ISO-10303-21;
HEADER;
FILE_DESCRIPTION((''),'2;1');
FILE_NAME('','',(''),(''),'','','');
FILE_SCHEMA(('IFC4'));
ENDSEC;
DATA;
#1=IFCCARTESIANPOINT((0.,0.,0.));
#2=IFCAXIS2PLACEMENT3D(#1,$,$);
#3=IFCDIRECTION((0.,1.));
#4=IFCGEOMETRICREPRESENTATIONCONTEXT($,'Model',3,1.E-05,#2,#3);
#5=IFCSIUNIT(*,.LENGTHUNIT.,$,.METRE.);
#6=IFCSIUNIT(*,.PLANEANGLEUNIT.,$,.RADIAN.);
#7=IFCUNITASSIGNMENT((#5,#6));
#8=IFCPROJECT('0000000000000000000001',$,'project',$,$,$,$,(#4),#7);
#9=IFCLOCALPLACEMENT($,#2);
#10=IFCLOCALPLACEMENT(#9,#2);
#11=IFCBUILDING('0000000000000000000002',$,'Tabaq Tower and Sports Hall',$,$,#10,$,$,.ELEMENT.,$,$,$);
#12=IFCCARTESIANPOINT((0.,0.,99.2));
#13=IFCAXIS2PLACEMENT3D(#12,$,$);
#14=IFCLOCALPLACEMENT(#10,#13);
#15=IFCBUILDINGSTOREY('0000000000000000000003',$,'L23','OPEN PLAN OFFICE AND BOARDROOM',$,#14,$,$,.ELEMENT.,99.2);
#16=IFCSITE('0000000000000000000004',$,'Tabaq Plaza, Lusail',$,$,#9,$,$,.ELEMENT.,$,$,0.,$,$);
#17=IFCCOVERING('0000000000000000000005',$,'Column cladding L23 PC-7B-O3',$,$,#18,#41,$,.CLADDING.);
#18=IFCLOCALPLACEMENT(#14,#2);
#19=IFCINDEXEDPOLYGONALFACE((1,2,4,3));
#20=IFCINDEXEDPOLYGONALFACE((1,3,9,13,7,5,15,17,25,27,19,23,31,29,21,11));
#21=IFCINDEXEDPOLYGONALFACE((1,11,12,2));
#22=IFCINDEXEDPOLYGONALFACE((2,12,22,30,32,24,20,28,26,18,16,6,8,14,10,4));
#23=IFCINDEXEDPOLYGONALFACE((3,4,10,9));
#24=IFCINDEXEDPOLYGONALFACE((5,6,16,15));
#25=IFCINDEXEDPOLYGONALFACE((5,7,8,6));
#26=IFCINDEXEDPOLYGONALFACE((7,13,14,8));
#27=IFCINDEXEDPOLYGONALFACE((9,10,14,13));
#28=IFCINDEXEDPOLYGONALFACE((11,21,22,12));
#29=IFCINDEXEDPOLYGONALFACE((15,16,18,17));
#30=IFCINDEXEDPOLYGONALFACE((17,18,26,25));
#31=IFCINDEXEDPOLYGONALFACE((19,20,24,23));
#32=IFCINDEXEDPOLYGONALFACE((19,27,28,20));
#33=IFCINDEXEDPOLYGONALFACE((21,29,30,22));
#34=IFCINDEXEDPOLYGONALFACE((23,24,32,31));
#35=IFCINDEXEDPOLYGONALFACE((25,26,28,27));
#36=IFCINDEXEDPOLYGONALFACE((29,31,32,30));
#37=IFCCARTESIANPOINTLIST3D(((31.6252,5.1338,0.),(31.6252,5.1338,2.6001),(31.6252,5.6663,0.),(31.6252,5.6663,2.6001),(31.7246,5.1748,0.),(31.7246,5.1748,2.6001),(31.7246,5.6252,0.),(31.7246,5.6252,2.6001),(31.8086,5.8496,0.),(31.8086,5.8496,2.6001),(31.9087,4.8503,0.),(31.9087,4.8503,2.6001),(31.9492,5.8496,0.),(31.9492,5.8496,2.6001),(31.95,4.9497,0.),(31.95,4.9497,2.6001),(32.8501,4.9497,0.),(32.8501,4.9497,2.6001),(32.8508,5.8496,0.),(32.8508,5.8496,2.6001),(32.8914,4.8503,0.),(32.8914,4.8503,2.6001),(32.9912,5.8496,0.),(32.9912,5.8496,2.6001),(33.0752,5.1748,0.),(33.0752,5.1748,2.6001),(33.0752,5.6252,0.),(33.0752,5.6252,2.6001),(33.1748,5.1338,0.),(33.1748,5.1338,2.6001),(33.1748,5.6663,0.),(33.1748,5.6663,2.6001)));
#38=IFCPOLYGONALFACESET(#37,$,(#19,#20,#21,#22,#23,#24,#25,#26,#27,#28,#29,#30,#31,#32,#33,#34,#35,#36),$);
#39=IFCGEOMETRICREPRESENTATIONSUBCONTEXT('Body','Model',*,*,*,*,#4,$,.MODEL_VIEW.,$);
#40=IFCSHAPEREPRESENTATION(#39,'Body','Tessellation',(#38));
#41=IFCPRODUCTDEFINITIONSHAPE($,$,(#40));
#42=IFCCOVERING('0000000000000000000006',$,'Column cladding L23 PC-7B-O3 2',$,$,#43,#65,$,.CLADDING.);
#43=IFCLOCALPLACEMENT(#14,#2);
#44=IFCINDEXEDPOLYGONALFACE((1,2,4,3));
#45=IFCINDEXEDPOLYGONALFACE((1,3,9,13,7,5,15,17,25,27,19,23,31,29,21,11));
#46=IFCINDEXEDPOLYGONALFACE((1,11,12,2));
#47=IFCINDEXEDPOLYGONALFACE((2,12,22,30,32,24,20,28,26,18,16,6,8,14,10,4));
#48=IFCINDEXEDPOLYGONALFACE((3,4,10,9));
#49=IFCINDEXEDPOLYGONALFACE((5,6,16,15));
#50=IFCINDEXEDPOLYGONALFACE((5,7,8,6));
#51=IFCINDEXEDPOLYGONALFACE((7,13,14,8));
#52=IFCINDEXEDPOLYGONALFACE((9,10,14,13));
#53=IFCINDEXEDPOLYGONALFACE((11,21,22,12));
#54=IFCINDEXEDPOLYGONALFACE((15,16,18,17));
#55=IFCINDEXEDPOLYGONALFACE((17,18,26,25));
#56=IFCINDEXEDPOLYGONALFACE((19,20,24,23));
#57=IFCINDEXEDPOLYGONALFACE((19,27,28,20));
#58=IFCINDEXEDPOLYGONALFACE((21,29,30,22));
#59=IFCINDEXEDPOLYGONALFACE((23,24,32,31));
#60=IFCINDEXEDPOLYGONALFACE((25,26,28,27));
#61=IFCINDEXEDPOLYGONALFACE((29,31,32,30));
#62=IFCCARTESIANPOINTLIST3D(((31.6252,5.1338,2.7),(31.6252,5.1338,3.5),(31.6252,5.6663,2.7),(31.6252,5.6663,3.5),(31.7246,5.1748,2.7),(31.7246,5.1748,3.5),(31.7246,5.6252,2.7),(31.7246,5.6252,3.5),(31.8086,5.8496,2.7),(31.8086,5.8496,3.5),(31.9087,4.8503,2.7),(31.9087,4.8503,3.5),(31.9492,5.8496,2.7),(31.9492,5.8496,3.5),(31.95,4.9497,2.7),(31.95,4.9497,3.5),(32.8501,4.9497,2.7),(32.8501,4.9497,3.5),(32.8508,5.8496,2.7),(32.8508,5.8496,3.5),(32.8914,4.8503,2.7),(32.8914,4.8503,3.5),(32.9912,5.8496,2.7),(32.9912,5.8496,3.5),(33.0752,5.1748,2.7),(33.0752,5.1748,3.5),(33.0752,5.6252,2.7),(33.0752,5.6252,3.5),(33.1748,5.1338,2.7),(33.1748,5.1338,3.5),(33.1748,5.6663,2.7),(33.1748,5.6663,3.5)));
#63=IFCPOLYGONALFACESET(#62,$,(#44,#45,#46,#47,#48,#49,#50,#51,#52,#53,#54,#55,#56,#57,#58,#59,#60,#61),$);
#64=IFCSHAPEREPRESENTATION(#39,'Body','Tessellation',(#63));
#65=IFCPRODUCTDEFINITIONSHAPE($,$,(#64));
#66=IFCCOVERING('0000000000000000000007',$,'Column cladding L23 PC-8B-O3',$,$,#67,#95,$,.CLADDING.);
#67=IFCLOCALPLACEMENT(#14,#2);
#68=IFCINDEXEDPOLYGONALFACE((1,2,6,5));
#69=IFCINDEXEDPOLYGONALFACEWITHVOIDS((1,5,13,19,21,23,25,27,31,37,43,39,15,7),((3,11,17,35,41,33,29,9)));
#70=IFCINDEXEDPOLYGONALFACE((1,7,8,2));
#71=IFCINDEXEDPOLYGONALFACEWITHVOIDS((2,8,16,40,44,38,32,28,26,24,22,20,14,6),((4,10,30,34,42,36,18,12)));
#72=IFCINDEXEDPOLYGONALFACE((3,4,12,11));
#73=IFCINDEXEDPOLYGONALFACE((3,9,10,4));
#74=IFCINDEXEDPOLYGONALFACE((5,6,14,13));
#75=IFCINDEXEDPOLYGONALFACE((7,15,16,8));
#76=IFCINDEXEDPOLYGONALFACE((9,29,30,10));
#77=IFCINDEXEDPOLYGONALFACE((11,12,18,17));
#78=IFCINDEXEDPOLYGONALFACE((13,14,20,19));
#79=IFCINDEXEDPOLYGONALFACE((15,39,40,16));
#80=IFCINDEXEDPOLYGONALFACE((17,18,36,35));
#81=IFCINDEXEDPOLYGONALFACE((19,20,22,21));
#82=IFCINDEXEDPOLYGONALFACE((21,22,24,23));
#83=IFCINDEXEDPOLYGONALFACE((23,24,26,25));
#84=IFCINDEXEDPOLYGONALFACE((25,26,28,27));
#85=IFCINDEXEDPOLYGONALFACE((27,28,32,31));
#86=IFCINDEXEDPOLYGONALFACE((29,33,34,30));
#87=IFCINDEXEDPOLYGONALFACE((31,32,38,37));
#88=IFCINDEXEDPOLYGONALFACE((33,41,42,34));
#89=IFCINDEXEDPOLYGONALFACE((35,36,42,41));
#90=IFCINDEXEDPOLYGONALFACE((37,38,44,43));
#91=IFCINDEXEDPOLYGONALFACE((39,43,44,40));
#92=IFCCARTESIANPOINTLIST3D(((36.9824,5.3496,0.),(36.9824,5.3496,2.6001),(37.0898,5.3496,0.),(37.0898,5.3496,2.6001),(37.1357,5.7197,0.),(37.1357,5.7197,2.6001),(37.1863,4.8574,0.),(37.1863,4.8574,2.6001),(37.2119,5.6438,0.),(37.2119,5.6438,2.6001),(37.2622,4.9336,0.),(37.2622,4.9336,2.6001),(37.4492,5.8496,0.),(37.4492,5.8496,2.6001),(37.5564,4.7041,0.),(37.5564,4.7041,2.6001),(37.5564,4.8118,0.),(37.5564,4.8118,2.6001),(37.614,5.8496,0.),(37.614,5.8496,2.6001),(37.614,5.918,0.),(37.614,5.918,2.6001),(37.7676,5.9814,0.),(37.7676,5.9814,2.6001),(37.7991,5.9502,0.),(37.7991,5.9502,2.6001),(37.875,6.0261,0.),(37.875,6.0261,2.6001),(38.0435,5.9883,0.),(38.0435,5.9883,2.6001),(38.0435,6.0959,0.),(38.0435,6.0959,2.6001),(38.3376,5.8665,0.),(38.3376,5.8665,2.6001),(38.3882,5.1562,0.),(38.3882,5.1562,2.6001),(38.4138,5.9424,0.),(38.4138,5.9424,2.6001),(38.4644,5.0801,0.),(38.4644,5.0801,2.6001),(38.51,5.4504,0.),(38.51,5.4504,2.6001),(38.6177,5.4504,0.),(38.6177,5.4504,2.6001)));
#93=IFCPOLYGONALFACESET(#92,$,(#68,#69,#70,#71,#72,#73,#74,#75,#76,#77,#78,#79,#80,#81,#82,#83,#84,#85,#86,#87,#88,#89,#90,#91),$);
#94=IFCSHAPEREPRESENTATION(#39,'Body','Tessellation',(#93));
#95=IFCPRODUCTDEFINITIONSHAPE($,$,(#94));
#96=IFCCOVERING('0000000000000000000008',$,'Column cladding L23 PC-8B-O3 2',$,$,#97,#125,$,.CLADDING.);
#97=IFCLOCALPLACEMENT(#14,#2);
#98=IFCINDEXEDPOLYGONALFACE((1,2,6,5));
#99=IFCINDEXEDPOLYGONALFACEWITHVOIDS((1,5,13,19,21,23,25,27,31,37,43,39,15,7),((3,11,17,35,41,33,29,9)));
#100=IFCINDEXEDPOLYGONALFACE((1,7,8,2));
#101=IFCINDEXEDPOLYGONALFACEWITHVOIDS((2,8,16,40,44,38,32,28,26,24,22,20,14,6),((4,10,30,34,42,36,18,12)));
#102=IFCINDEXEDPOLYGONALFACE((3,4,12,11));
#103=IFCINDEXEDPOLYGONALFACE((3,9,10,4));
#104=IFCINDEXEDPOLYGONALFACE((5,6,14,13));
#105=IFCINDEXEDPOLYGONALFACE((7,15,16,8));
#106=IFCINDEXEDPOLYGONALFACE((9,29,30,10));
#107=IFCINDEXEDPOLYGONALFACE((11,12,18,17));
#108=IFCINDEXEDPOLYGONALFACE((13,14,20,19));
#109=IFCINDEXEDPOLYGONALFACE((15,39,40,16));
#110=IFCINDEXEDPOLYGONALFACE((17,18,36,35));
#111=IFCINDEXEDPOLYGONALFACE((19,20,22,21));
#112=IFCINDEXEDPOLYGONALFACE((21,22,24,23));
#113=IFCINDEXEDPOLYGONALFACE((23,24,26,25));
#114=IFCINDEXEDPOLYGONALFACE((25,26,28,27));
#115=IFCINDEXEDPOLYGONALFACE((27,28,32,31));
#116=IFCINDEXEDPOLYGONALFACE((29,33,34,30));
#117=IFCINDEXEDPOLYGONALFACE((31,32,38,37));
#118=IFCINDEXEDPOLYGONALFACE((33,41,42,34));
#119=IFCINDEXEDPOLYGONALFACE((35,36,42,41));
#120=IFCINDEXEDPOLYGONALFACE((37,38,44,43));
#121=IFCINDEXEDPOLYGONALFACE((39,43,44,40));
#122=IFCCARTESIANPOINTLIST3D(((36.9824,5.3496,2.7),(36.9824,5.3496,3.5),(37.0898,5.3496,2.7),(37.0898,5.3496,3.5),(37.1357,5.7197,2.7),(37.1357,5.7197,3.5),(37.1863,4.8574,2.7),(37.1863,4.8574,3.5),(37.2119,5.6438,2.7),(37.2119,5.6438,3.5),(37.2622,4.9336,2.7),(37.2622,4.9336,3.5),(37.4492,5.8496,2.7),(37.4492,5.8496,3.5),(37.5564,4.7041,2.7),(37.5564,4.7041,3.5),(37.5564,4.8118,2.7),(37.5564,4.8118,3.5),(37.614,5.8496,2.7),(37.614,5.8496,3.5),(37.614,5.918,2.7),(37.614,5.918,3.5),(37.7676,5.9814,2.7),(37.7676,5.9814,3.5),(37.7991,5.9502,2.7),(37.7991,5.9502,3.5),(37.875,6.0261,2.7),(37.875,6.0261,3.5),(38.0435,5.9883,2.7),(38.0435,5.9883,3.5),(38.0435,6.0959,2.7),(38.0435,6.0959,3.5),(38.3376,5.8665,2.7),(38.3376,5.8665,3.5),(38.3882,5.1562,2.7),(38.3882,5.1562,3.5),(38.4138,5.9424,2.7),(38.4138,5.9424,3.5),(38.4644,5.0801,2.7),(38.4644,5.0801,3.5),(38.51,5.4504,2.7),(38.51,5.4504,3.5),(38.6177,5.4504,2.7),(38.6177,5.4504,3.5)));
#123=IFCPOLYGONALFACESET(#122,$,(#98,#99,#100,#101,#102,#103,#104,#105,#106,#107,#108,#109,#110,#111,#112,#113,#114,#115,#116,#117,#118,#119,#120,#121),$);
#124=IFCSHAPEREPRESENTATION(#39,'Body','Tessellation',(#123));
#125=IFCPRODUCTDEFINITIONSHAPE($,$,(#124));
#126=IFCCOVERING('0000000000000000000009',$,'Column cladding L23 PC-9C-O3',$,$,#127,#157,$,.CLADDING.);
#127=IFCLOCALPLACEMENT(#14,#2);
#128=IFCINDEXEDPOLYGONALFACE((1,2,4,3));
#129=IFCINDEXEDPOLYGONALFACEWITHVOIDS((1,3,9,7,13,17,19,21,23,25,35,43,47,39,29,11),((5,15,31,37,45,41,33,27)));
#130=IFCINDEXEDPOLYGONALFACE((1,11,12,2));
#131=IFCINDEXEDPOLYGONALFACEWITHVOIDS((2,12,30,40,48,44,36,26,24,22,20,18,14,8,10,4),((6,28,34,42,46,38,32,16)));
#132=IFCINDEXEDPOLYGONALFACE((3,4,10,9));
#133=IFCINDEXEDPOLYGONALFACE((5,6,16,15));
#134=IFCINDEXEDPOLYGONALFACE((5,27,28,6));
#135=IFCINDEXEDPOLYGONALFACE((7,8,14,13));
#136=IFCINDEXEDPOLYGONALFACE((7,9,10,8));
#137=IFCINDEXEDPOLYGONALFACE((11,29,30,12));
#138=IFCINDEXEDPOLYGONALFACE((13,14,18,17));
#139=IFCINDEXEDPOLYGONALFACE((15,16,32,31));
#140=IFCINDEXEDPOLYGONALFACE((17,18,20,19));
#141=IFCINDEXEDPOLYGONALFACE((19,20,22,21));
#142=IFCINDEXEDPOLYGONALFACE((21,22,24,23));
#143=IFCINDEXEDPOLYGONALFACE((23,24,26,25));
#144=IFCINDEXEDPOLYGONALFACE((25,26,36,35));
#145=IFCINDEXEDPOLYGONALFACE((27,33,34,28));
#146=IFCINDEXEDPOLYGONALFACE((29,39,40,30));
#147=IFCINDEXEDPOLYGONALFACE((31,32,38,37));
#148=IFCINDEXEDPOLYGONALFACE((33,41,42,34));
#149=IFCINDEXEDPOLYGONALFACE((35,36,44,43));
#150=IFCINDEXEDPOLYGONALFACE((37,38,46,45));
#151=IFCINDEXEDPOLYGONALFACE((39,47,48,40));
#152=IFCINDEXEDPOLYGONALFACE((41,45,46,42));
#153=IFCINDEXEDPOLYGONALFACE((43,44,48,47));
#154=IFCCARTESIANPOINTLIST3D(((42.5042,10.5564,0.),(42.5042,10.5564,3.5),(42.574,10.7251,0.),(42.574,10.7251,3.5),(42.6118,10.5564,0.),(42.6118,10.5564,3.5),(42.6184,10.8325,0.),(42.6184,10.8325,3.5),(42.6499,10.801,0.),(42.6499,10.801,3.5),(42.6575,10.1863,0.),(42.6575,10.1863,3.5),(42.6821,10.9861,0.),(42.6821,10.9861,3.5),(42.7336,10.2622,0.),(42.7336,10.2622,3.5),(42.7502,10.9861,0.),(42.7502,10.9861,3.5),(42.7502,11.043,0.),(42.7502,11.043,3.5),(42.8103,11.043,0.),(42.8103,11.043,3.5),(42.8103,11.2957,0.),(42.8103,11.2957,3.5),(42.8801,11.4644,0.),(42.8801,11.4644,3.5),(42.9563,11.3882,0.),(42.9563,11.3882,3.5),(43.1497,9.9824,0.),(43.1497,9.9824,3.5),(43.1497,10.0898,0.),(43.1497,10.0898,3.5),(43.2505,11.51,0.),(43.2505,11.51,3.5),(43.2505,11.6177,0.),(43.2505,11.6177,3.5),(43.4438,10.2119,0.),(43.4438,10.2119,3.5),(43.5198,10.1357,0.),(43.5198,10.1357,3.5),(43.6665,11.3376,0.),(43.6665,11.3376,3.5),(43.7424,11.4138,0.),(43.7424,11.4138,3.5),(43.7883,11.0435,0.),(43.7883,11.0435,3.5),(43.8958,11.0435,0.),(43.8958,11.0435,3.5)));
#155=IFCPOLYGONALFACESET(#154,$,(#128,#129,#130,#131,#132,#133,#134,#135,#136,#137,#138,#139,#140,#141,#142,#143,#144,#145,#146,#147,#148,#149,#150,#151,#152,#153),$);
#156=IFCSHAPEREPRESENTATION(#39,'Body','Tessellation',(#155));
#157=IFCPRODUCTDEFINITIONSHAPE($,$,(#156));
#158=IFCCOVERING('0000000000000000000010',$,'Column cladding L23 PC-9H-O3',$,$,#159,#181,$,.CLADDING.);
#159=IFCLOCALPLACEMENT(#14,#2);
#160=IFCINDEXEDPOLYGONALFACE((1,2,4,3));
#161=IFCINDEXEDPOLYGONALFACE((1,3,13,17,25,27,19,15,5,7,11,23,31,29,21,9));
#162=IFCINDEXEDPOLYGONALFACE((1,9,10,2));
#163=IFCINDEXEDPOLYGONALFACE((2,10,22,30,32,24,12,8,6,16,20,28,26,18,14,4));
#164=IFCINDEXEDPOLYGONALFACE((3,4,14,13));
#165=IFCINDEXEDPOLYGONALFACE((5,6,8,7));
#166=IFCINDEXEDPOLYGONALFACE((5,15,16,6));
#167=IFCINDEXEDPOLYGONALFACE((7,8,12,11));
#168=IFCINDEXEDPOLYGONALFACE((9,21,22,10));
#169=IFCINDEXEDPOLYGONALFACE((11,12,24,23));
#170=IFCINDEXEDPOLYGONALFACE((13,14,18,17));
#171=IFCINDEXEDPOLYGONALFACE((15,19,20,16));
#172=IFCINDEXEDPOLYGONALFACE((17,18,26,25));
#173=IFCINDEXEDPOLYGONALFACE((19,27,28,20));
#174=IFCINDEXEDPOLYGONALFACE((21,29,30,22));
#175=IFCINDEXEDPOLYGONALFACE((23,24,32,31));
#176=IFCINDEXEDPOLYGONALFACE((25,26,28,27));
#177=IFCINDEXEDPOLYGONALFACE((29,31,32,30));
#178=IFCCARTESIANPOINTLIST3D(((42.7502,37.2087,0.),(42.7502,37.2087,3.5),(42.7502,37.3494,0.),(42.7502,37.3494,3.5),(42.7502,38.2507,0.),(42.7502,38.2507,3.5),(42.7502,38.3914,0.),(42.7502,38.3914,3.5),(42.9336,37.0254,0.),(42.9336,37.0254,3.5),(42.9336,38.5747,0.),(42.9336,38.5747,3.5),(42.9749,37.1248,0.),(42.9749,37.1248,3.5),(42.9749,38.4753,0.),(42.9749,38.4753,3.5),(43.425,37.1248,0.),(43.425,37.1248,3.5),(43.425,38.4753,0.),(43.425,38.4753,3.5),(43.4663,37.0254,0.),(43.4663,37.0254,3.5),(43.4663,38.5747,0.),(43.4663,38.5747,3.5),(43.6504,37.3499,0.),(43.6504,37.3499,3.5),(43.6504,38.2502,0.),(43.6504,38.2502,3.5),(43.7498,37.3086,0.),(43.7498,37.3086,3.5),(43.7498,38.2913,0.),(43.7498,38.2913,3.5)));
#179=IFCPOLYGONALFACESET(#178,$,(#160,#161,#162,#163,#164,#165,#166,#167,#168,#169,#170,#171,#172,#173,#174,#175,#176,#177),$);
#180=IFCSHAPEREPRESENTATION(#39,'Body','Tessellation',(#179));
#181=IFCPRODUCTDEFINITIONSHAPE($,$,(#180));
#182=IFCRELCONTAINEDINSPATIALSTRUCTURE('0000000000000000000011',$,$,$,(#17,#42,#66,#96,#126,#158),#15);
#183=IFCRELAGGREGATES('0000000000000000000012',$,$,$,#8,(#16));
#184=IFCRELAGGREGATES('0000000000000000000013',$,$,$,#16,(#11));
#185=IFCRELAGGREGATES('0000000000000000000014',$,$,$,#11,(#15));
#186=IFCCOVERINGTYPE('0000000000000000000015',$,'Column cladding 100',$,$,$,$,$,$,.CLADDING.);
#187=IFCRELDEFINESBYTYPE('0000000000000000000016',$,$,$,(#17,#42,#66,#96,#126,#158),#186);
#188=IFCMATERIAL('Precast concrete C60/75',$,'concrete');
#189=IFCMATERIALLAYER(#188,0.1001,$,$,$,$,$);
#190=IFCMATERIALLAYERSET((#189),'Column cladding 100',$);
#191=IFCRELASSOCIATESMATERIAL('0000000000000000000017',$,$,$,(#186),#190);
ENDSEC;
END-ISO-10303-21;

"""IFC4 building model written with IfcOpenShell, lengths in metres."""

from ifc_helpers import new_model, si_unit, direction, frame, origin, place, context, subcontext, project, spatial, polyline, outline, extrude, material, layer, layer_set, type_object, element, save


model = new_model("IFC4")

# Units and contexts
model_context = context("Model", 3, precision=1e-05, world=origin(), true_north=direction((0.0, 1.0)))
body_context = subcontext(model_context, "Body", "Model", "MODEL_VIEW")
ifc_project = project(units=[si_unit("LENGTHUNIT", "METRE"), si_unit("PLANEANGLEUNIT", "RADIAN")], contexts=[model_context])

# Site, building, storey
site_placement = place(None, origin())
site = spatial("IfcSite", under=ifc_project, at=site_placement, Name="Tabaq Plaza, Lusail", CompositionType="ELEMENT", RefElevation=0.0)
building_placement = place(site_placement, origin())
building = spatial("IfcBuilding", under=site, at=building_placement, Name="Tabaq Tower and Sports Hall", CompositionType="ELEMENT")
storey_placement = place(building_placement, frame((0.0, 0.0, 99.2)))
storey = spatial("IfcBuildingStorey", under=building, at=storey_placement, Name="L23", Description="OPEN PLAN OFFICE AND BOARDROOM", CompositionType="ELEMENT", Elevation=99.2)

# Coverings
ifc_material_1 = material(Name="Precast concrete C60/75", Category="concrete")
ifc_layer_1 = layer(ifc_material_1, 0.1001)
ifc_layer_set_1 = layer_set([ifc_layer_1], Name="Column cladding 100")
covering_type = type_object("IfcCoveringType", Name="Column cladding 100", PredefinedType="CLADDING", material=ifc_layer_set_1)
covering_1_placement = place(storey_placement, origin())
element("IfcCovering", 1, at=covering_1_placement, inside=storey, type_object=covering_type, Name="Column cladding L23 PC-7B-O3", PredefinedType="CLADDING", context=body_context, shape_type="SweptSolid", body=[
    extrude(outline(polyline([(31.6252, 5.6663), (31.8086, 5.8496), (31.9492, 5.8496), (31.7246, 5.6252), (31.7246, 5.1748), (31.95, 4.9497), (32.8501, 4.9497), (33.0752, 5.1748), (33.0752, 5.6252), (32.8508, 5.8496), (32.9912, 5.8496), (33.1748, 5.6663), (33.1748, 5.1338), (32.8914, 4.8503), (31.9087, 4.8503), (31.6252, 5.1338), (31.6252, 5.6663)])), origin(), (0.0, 0.0, 1.0), 2.6001),
])
covering_2_placement = place(storey_placement, frame((0.0, 0.0, 2.7)))
element("IfcCovering", 2, at=covering_2_placement, inside=storey, type_object=covering_type, Name="Column cladding L23 PC-7B-O3 2", PredefinedType="CLADDING", context=body_context, shape_type="SweptSolid", body=[
    extrude(outline(polyline([(31.6252, 5.6663), (31.8086, 5.8496), (31.9492, 5.8496), (31.7246, 5.6252), (31.7246, 5.1748), (31.95, 4.9497), (32.8501, 4.9497), (33.0752, 5.1748), (33.0752, 5.6252), (32.8508, 5.8496), (32.9912, 5.8496), (33.1748, 5.6663), (33.1748, 5.1338), (32.8914, 4.8503), (31.9087, 4.8503), (31.6252, 5.1338), (31.6252, 5.6663)])), origin(), (0.0, 0.0, 1.0), 0.8),
])
covering_3_placement = place(storey_placement, origin())
element("IfcCovering", 3, at=covering_3_placement, inside=storey, type_object=covering_type, Name="Column cladding L23 PC-8B-O3", PredefinedType="CLADDING", context=body_context, shape_type="SweptSolid", body=[
    extrude(outline(polyline([(36.9824, 5.3496), (37.1357, 5.7197), (37.4492, 5.8496), (37.614, 5.8496), (37.614, 5.918), (37.7676, 5.9814), (37.7991, 5.9502), (37.875, 6.0261), (38.0435, 6.0959), (38.4138, 5.9424), (38.6177, 5.4504), (38.4644, 5.0801), (37.5564, 4.7041), (37.1863, 4.8574), (36.9824, 5.3496)]), holes=[polyline([(38.51, 5.4504), (38.3376, 5.8665), (38.0435, 5.9883), (37.2119, 5.6438), (37.0898, 5.3496), (37.2622, 4.9336), (37.5564, 4.8118), (38.3882, 5.1562), (38.51, 5.4504)])]), origin(), (0.0, 0.0, 1.0), 2.6001),
])
covering_4_placement = place(storey_placement, frame((0.0, 0.0, 2.7)))
element("IfcCovering", 4, at=covering_4_placement, inside=storey, type_object=covering_type, Name="Column cladding L23 PC-8B-O3 2", PredefinedType="CLADDING", context=body_context, shape_type="SweptSolid", body=[
    extrude(outline(polyline([(36.9824, 5.3496), (37.1357, 5.7197), (37.4492, 5.8496), (37.614, 5.8496), (37.614, 5.918), (37.7676, 5.9814), (37.7991, 5.9502), (37.875, 6.0261), (38.0435, 6.0959), (38.4138, 5.9424), (38.6177, 5.4504), (38.4644, 5.0801), (37.5564, 4.7041), (37.1863, 4.8574), (36.9824, 5.3496)]), holes=[polyline([(38.51, 5.4504), (38.3376, 5.8665), (38.0435, 5.9883), (37.2119, 5.6438), (37.0898, 5.3496), (37.2622, 4.9336), (37.5564, 4.8118), (38.3882, 5.1562), (38.51, 5.4504)])]), origin(), (0.0, 0.0, 1.0), 0.8),
])
covering_5_placement = place(storey_placement, origin())
element("IfcCovering", 5, at=covering_5_placement, inside=storey, type_object=covering_type, Name="Column cladding L23 PC-9C-O3", PredefinedType="CLADDING", context=body_context, shape_type="SweptSolid", body=[
    extrude(outline(polyline([(42.6575, 10.1863), (42.5042, 10.5564), (42.574, 10.7251), (42.6499, 10.801), (42.6184, 10.8325), (42.6821, 10.9861), (42.7502, 10.9861), (42.7502, 11.043), (42.8103, 11.043), (42.8103, 11.2957), (42.8801, 11.4644), (43.2505, 11.6177), (43.7424, 11.4138), (43.8958, 11.0435), (43.5198, 10.1357), (43.1497, 9.9824), (42.6575, 10.1863)]), holes=[polyline([(43.6665, 11.3376), (43.2505, 11.51), (42.9563, 11.3882), (42.6118, 10.5564), (42.7336, 10.2622), (43.1497, 10.0898), (43.4438, 10.2119), (43.7883, 11.0435), (43.6665, 11.3376)])]), origin(), (0.0, 0.0, 1.0), 3.5),
])
covering_6_placement = place(storey_placement, origin())
element("IfcCovering", 6, at=covering_6_placement, inside=storey, type_object=covering_type, Name="Column cladding L23 PC-9H-O3", PredefinedType="CLADDING", context=body_context, shape_type="SweptSolid", body=[
    extrude(outline(polyline([(42.9336, 37.0254), (42.7502, 37.2087), (42.7502, 37.3494), (42.9749, 37.1248), (43.425, 37.1248), (43.6504, 37.3499), (43.6504, 38.2502), (43.425, 38.4753), (42.9749, 38.4753), (42.7502, 38.2507), (42.7502, 38.3914), (42.9336, 38.5747), (43.4663, 38.5747), (43.7498, 38.2913), (43.7498, 37.3086), (43.4663, 37.0254), (42.9336, 37.0254)])), origin(), (0.0, 0.0, 1.0), 3.5),
])

save(model, "model.ifc")
